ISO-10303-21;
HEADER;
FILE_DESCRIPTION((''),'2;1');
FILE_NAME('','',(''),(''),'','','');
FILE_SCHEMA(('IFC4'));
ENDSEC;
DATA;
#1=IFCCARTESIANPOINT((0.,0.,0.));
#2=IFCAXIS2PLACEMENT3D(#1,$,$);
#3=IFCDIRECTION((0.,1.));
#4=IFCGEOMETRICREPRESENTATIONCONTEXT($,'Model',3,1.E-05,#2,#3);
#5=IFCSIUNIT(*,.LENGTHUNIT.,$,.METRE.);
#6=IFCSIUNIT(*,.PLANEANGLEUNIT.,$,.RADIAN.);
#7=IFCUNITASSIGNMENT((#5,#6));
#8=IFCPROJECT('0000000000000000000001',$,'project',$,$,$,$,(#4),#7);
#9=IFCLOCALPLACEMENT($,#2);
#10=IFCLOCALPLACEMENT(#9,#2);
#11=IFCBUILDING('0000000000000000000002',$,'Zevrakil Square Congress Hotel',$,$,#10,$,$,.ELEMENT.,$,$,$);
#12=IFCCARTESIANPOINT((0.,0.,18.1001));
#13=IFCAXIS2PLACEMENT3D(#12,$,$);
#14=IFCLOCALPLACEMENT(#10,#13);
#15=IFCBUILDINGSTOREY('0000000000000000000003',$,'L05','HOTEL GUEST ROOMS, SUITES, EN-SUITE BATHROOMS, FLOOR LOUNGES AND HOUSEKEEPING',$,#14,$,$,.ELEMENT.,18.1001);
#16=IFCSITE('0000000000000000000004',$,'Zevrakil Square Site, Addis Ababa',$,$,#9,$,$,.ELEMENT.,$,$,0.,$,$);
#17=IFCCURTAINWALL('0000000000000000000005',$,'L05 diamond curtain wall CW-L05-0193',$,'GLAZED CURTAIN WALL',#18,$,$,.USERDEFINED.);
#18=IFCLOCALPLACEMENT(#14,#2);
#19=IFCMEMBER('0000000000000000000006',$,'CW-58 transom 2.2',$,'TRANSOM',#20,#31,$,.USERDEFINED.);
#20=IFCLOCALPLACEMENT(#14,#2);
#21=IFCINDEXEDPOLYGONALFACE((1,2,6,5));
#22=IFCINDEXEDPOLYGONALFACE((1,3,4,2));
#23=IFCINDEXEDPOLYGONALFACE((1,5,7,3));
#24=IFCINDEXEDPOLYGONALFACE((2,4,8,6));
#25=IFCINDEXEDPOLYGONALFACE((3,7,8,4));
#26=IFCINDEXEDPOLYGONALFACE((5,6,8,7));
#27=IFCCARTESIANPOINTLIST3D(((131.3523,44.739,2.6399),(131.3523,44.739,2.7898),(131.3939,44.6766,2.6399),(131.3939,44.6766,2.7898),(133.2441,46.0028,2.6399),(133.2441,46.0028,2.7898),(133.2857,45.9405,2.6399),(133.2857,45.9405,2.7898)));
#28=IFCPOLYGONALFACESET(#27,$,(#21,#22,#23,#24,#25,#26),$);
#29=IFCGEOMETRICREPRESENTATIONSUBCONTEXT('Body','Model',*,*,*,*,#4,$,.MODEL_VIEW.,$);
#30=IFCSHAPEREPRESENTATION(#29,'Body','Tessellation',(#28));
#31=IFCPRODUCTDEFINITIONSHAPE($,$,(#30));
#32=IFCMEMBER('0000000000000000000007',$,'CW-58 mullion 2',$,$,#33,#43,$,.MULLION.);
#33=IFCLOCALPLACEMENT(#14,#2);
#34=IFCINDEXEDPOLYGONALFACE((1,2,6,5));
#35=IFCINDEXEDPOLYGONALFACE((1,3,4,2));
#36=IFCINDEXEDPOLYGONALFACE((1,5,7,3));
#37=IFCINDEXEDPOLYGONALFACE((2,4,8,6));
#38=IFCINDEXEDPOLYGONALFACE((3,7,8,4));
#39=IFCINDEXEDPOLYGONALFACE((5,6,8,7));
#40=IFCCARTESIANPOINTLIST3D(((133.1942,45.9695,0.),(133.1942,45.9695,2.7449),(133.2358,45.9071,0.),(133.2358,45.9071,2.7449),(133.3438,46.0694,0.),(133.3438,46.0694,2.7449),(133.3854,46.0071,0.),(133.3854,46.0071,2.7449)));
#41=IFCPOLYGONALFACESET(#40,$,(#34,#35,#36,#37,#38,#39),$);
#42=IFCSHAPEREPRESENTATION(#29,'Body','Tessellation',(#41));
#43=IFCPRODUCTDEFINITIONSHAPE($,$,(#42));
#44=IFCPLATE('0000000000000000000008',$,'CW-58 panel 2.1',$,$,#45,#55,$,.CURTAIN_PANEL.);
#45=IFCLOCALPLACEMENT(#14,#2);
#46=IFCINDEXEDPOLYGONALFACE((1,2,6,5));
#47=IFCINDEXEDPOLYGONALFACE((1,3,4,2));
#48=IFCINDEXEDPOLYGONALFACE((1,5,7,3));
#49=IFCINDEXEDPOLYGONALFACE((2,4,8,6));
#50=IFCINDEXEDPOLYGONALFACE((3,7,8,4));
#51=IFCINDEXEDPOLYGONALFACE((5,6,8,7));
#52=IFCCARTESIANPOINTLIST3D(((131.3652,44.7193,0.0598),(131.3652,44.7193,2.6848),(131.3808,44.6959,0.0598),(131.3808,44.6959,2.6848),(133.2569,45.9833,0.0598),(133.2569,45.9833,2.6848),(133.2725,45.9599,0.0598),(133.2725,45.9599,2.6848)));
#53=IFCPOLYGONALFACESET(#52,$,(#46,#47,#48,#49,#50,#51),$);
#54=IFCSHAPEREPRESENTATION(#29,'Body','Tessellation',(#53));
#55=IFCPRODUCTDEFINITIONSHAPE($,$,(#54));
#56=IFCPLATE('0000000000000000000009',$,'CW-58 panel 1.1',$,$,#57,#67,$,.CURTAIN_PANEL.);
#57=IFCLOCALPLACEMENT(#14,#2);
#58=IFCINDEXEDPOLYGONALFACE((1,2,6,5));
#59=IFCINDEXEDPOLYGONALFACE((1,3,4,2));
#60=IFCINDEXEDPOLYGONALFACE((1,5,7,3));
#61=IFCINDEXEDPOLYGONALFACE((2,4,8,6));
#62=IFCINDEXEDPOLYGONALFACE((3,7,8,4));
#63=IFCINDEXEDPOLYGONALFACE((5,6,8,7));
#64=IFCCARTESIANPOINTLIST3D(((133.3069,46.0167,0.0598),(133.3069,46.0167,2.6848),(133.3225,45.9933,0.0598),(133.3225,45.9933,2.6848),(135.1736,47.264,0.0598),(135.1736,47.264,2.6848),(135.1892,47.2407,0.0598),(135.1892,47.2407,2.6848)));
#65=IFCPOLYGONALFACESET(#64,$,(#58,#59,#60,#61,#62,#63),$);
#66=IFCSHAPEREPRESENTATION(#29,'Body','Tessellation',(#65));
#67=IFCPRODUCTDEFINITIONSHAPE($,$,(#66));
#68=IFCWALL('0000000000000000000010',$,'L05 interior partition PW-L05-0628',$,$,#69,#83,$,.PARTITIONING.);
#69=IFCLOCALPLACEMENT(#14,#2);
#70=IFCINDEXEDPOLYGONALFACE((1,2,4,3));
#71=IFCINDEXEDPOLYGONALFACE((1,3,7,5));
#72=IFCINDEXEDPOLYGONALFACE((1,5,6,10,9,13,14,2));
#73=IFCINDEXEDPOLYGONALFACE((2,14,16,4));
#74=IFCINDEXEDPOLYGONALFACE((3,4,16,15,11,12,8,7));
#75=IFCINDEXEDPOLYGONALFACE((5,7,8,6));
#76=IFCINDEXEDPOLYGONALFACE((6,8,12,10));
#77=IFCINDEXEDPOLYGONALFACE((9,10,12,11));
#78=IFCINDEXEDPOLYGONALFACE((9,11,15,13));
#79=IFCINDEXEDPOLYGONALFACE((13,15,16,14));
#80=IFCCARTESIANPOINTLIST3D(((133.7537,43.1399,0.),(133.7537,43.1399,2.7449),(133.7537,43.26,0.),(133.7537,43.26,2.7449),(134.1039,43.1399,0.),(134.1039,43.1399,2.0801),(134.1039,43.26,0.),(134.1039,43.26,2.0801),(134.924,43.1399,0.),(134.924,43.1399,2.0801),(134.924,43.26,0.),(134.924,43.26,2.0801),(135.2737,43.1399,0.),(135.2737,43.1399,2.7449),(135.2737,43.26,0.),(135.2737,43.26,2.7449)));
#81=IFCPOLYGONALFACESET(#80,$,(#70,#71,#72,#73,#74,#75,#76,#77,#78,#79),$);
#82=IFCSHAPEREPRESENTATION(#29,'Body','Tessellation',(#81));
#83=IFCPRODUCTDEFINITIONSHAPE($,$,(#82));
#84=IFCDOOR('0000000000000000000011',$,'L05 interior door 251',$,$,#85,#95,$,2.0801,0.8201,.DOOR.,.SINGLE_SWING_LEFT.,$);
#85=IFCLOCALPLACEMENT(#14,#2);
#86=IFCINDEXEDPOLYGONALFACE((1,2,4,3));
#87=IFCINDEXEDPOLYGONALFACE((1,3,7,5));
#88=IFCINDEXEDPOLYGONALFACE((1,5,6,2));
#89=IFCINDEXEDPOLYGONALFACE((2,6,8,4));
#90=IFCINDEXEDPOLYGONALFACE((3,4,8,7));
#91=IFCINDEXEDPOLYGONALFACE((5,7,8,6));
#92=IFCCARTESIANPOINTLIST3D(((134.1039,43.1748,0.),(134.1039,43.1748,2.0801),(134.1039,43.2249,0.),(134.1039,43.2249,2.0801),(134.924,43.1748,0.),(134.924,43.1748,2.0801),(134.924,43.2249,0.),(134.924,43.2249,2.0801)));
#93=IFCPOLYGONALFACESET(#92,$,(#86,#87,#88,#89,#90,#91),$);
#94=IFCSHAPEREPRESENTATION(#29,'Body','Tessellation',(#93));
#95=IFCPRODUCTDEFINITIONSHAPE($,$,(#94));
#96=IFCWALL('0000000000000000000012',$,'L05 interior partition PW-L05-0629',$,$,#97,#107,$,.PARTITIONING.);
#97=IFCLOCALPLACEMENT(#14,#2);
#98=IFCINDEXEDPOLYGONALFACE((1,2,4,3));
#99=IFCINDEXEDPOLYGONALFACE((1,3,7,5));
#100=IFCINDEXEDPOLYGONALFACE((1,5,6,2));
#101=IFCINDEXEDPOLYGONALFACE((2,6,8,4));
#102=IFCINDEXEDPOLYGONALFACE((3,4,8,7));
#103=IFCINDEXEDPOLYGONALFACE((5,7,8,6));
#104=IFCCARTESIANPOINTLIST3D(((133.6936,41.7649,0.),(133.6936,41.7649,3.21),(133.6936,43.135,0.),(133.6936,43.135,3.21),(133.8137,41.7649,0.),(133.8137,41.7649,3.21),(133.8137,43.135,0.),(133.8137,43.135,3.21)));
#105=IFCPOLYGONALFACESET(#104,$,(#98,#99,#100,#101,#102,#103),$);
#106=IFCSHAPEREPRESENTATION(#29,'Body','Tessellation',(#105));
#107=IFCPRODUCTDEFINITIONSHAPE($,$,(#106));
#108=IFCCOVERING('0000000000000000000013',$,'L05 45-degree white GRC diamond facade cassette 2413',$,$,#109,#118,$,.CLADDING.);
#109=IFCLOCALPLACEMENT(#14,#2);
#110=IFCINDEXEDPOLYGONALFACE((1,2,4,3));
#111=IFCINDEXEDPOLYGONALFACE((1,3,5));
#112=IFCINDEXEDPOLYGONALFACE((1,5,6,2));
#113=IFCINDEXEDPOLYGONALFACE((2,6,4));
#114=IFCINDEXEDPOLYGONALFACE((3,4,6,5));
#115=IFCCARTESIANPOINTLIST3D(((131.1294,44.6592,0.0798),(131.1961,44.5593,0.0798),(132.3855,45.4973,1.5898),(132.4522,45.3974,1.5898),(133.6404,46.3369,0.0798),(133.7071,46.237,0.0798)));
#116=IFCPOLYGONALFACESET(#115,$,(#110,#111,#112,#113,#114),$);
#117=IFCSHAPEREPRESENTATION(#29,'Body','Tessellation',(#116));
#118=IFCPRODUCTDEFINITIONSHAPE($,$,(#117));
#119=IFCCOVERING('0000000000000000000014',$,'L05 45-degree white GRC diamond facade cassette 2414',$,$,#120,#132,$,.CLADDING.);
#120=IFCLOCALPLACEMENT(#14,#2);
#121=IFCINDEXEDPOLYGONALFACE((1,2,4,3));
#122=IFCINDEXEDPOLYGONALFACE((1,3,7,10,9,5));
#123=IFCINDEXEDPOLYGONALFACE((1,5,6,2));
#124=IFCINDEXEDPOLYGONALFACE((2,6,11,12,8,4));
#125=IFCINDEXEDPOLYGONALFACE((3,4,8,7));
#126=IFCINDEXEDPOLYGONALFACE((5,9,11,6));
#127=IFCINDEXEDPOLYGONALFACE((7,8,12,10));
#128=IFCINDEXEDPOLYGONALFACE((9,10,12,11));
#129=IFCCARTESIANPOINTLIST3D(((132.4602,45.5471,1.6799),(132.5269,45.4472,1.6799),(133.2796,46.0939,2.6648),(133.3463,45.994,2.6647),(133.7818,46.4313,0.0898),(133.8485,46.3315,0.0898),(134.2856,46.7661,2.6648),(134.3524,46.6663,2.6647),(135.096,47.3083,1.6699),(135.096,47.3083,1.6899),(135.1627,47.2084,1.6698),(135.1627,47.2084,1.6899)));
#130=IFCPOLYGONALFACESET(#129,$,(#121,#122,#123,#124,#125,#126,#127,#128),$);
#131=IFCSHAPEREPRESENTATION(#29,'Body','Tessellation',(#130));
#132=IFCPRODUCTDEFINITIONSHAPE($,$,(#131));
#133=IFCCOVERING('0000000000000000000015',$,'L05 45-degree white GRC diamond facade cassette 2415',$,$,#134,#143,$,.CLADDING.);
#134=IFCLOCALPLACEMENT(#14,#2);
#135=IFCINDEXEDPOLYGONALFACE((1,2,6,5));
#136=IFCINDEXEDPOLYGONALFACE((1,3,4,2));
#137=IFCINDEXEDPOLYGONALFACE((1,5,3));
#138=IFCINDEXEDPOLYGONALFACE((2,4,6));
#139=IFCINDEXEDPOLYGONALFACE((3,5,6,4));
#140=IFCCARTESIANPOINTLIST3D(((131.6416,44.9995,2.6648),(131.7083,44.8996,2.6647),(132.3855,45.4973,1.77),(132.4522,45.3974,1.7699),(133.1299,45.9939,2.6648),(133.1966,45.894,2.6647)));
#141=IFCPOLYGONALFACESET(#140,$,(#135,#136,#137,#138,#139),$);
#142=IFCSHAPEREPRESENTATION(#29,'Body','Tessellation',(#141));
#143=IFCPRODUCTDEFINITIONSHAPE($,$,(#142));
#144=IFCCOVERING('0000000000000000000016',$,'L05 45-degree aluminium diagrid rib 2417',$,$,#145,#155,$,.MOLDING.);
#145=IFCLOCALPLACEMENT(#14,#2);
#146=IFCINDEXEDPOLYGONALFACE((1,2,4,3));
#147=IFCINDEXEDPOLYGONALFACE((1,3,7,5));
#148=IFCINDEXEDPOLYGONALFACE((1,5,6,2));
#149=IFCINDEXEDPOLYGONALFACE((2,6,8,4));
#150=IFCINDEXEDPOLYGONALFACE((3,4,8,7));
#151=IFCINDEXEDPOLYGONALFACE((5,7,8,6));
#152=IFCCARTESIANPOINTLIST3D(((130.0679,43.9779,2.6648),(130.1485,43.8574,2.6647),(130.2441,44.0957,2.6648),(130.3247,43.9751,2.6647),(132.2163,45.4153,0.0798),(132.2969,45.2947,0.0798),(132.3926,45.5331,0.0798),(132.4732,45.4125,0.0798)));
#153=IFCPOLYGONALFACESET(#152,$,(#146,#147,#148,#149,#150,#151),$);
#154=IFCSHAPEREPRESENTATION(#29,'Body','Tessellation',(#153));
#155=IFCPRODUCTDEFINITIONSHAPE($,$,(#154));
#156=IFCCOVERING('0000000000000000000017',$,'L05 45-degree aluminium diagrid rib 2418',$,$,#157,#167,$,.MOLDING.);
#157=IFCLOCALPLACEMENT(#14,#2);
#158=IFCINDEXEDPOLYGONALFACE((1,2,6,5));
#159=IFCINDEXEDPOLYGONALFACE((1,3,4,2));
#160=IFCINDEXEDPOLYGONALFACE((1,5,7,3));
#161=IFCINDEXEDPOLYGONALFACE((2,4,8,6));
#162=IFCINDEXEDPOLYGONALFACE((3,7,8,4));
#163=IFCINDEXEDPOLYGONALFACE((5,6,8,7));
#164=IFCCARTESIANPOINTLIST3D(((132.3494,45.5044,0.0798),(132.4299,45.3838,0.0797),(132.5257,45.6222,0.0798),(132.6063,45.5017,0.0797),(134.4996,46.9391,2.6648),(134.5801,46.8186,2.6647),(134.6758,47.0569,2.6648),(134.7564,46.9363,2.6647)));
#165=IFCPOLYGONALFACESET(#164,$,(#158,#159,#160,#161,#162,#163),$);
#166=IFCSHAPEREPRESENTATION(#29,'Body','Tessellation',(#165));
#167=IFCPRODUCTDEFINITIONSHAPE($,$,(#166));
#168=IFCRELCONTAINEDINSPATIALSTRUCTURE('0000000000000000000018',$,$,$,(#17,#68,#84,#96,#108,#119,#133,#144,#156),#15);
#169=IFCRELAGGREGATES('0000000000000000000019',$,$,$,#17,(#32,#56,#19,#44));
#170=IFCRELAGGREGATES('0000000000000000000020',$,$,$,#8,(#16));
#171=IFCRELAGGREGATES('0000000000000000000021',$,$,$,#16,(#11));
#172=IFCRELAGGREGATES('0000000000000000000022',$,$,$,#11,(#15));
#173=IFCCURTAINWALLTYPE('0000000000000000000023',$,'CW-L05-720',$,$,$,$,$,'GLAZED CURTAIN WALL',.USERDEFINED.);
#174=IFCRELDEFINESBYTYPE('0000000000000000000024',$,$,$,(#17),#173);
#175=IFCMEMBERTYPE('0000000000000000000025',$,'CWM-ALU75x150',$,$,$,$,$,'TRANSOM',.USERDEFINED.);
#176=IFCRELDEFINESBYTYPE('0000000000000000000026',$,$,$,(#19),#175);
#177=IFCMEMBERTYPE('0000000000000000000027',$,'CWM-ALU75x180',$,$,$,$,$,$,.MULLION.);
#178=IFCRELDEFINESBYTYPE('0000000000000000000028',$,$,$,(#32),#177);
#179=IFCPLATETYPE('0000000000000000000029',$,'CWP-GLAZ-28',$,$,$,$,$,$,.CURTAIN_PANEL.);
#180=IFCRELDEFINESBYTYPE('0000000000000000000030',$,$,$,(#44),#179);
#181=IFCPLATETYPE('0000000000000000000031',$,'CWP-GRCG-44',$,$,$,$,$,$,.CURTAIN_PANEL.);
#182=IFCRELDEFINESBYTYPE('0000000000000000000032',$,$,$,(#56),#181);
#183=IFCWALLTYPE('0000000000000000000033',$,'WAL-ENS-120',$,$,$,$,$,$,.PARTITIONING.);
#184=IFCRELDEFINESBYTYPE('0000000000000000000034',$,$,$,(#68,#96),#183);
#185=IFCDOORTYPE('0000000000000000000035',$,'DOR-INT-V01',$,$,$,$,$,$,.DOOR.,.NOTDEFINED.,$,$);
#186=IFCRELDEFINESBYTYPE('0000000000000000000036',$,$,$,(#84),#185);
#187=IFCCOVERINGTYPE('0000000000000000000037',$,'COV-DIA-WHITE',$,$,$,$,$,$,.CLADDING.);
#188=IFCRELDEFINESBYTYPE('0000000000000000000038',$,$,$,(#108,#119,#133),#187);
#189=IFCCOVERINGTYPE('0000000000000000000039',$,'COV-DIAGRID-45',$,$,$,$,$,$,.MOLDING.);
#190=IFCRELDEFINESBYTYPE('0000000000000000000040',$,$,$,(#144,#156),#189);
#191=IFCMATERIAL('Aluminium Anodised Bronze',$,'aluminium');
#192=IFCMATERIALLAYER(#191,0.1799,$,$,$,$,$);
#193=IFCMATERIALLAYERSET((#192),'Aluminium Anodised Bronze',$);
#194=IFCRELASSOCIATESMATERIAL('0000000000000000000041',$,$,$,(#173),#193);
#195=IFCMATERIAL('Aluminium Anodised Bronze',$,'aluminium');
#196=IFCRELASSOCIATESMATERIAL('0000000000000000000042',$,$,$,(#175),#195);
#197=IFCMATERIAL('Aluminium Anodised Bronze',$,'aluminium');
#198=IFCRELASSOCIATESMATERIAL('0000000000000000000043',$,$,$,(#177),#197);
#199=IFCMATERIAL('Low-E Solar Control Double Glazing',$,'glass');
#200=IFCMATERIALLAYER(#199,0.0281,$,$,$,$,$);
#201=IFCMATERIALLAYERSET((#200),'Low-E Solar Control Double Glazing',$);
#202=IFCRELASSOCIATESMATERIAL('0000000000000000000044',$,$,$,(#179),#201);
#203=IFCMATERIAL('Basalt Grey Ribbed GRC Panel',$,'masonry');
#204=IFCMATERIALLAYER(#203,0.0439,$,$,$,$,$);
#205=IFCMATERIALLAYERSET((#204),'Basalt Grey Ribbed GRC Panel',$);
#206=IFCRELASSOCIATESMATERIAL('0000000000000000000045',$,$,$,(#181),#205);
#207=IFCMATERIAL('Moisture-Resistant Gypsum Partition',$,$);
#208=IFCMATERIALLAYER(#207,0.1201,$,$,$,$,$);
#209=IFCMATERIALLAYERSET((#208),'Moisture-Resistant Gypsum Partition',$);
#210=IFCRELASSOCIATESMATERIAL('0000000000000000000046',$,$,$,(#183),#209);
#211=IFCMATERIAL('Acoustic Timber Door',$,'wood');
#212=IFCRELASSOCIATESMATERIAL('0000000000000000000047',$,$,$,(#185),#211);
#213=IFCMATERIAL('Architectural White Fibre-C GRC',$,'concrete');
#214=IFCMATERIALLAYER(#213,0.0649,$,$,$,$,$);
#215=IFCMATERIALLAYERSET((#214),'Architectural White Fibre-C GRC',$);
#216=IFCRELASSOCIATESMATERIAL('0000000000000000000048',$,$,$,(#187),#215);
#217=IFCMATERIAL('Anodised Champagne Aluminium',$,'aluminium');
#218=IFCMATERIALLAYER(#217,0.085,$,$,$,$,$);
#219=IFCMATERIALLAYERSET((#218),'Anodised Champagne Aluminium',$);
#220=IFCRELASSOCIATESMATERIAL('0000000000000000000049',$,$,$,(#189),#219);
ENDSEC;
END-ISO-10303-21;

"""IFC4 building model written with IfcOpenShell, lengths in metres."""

from ifc_helpers import new_model, si_unit, direction, frame, frame_2d, origin, origin_2d, place, context, subcontext, project, spatial, polyline, rectangle, outline, extrude, material, layer, layer_set, material_profile, profile_set, type_object, element, fill, aggregate, save


model = new_model("IFC4")

# Units and contexts
model_context = context("Model", 3, precision=1e-05, world=origin(), true_north=direction((0.0, 1.0)))
body_context = subcontext(model_context, "Body", "Model", "MODEL_VIEW")
ifc_project = project(units=[si_unit("LENGTHUNIT", "METRE"), si_unit("PLANEANGLEUNIT", "RADIAN")], contexts=[model_context])

# Site, building, storey
site_placement = place(None, origin())
site = spatial("IfcSite", under=ifc_project, at=site_placement, Name="Zevrakil Square Site, Addis Ababa", CompositionType="ELEMENT", RefElevation=0.0)
building_placement = place(site_placement, origin())
building = spatial("IfcBuilding", under=site, at=building_placement, Name="Zevrakil Square Congress Hotel", CompositionType="ELEMENT")
storey_placement = place(building_placement, frame((0.0, 0.0, 18.1001)))
storey = spatial("IfcBuildingStorey", under=building, at=storey_placement, Name="L05", Description="HOTEL GUEST ROOMS, SUITES, EN-SUITE BATHROOMS, FLOOR LOUNGES AND HOUSEKEEPING", CompositionType="ELEMENT", Elevation=18.1001)

# Curtain wall, members, plates
ifc_material_1 = material(Name="Aluminium Anodised Bronze", Category="aluminium")
ifc_layer_1 = layer(ifc_material_1, 0.1799)
ifc_layer_set_1 = layer_set([ifc_layer_1], Name="Aluminium Anodised Bronze")
curtain_wall_type = type_object("IfcCurtainWallType", Name="CW-L05-720", ElementType="GLAZED CURTAIN WALL", PredefinedType="USERDEFINED", material=ifc_layer_set_1)
curtain_wall_placement = place(storey_placement, origin())
curtain_wall = element("IfcCurtainWall", 1, at=curtain_wall_placement, inside=storey, type_object=curtain_wall_type, Name="L05 diamond curtain wall CW-L05-0193", ObjectType="GLAZED CURTAIN WALL", PredefinedType="USERDEFINED")
ifc_material_2 = material(Name="Aluminium Anodised Bronze", Category="aluminium")
ifc_material_profile_1 = material_profile(ifc_material_2, rectangle(XDim=0.075, YDim=0.1499, at=origin_2d()), Name="ALU 75x150")
ifc_profile_set_1 = profile_set([ifc_material_profile_1], Name="Aluminium Anodised Bronze")
member_type_1 = type_object("IfcMemberType", Name="CWM-ALU75x150", ElementType="TRANSOM", PredefinedType="USERDEFINED", material=ifc_profile_set_1)
member_1_placement = place(storey_placement, frame((133.2649, 45.9717, 2.7148), z_axis=(-0.831505, -0.555517, 0.0), x_axis=(0.555517, -0.831505, 0.0)))
member_1 = element("IfcMember", 2, at=member_1_placement, type_object=member_type_1, Name="CW-58 transom 2.2", ObjectType="TRANSOM", PredefinedType="USERDEFINED", context=body_context, shape_type="SweptSolid", body=[
    extrude(rectangle(XDim=0.075, YDim=0.1499, at=origin_2d()), origin(), (0.0, 0.0, 1.0), 2.2751),
])
ifc_material_3 = material(Name="Aluminium Anodised Bronze", Category="aluminium")
ifc_material_profile_2 = material_profile(ifc_material_3, rectangle(XDim=0.075, YDim=0.1799, at=origin_2d()), Name="ALU 75x180")
ifc_profile_set_2 = profile_set([ifc_material_profile_2], Name="Aluminium Anodised Bronze")
member_type_2 = type_object("IfcMemberType", Name="CWM-ALU75x180", PredefinedType="MULLION", material=ifc_profile_set_2)
member_2_placement = place(storey_placement, frame((133.2898, 45.9883, 0.0), z_axis=(0.0, 0.0, 1.0), x_axis=(0.555576, -0.831466, 0.0)))
member_2 = element("IfcMember", 3, at=member_2_placement, type_object=member_type_2, Name="CW-58 mullion 2", PredefinedType="MULLION", context=body_context, shape_type="SweptSolid", body=[
    extrude(rectangle(XDim=0.075, YDim=0.1799, at=origin_2d()), origin(), (0.0, 0.0, 1.0), 2.7449),
])
ifc_material_4 = material(Name="Low-E Solar Control Double Glazing", Category="glass")
ifc_layer_2 = layer(ifc_material_4, 0.0281)
ifc_layer_set_2 = layer_set([ifc_layer_2], Name="Low-E Solar Control Double Glazing")
plate_type_1 = type_object("IfcPlateType", Name="CWP-GLAZ-28", PredefinedType="CURTAIN_PANEL", material=ifc_layer_set_2)
plate_1_placement = place(storey_placement, frame((132.3188, 45.3396, 0.0598), z_axis=(0.0, 0.0, 1.0), x_axis=(-0.831466, -0.555576, 0.0)))
plate_1 = element("IfcPlate", 4, at=plate_1_placement, type_object=plate_type_1, Name="CW-58 panel 2.1", PredefinedType="CURTAIN_PANEL", context=body_context, shape_type="SweptSolid", body=[
    extrude(rectangle(XDim=2.2751, YDim=0.0281, at=origin_2d()), origin(), (0.0, 0.0, 1.0), 2.625),
])
ifc_material_5 = material(Name="Basalt Grey Ribbed GRC Panel", Category="masonry")
ifc_layer_3 = layer(ifc_material_5, 0.0439)
ifc_layer_set_3 = layer_set([ifc_layer_3], Name="Basalt Grey Ribbed GRC Panel")
plate_type_2 = type_object("IfcPlateType", Name="CWP-GRCG-44", PredefinedType="CURTAIN_PANEL", material=ifc_layer_set_3)
plate_2_placement = place(storey_placement, frame((134.248, 46.6287, 0.0598), z_axis=(0.0, 0.0, 1.0), x_axis=(-0.831466, -0.555576, 0.0)))
plate_2 = element("IfcPlate", 5, at=plate_2_placement, type_object=plate_type_2, Name="CW-58 panel 1.1", PredefinedType="CURTAIN_PANEL", context=body_context, shape_type="SweptSolid", body=[
    extrude(rectangle(XDim=2.2451, YDim=0.0281, at=origin_2d()), origin(), (0.0, 0.0, 1.0), 2.625),
])
aggregate(curtain_wall, [member_2, plate_2, member_1, plate_1])

# Wall, opening, door
ifc_material_6 = material(Name="Moisture-Resistant Gypsum Partition")
ifc_layer_4 = layer(ifc_material_6, 0.1201)
ifc_layer_set_4 = layer_set([ifc_layer_4], Name="Moisture-Resistant Gypsum Partition")
wall_type = type_object("IfcWallType", Name="WAL-ENS-120", PredefinedType="PARTITIONING", material=ifc_layer_set_4)
wall_1_placement = place(storey_placement, frame((133.7537, 43.2, 0.0), z_axis=(0.0, 0.0, 1.0), x_axis=(1.0, 0.0, 0.0)))
wall_1 = element("IfcWall", 6, at=wall_1_placement, inside=storey, type_object=wall_type, Name="L05 interior partition PW-L05-0628", PredefinedType="PARTITIONING", context=body_context, shape_type="SweptSolid", body=[
    extrude(rectangle(XDim=1.52, YDim=0.1201, at=frame_2d((0.76, 0.0))), origin(), (0.0, 0.0, 1.0), 2.7449),
])
opening_placement = place(wall_1_placement, frame((0.3501, 0.0, 0.0)))
opening = element("IfcOpeningElement", 7, at=opening_placement, cuts=wall_1, PredefinedType="OPENING", context=body_context, shape_type="SweptSolid", body=[
    extrude(rectangle(XDim=0.8201, YDim=2.0801, at=frame_2d((0.4102, 1.04))), frame((0.0, 0.0701, 0.0), z_axis=(0.0, -1.0, 0.0), x_axis=(1.0, 0.0, 0.0)), (0.0, 0.0, 1.0), 0.1401),
])
ifc_material_7 = material(Name="Acoustic Timber Door", Category="wood")
door_type = type_object("IfcDoorType", Name="DOR-INT-V01", OperationType="NOTDEFINED", PredefinedType="DOOR", material=ifc_material_7)
door_placement = place(opening_placement, origin())
door = element("IfcDoor", 8, at=door_placement, inside=storey, type_object=door_type, Name="L05 interior door 251", OperationType="SINGLE_SWING_LEFT", OverallHeight=2.0801, OverallWidth=0.8201, PredefinedType="DOOR", context=body_context, shape_type="SweptSolid", body=[
    extrude(rectangle(XDim=0.8201, YDim=2.0801, at=frame_2d((0.4102, 1.04))), frame((0.0, 0.0249, 0.0), z_axis=(0.0, -1.0, 0.0), x_axis=(1.0, 0.0, 0.0)), (0.0, 0.0, 1.0), 0.05),
])
fill(opening, door)

# Wall
wall_2_placement = place(storey_placement, frame((133.7537, 41.7649, 0.0), z_axis=(0.0, 0.0, 1.0), x_axis=(0.0, 1.0, 0.0)))
element("IfcWall", 9, at=wall_2_placement, inside=storey, type_object=wall_type, Name="L05 interior partition PW-L05-0629", PredefinedType="PARTITIONING", context=body_context, shape_type="SweptSolid", body=[
    extrude(rectangle(XDim=1.3701, YDim=0.1201, at=frame_2d((0.6851, 0.0))), origin(), (0.0, 0.0, 1.0), 3.21),
])

# Coverings
ifc_material_8 = material(Name="Architectural White Fibre-C GRC", Category="concrete")
ifc_layer_5 = layer(ifc_material_8, 0.0649)
ifc_layer_set_5 = layer_set([ifc_layer_5], Name="Architectural White Fibre-C GRC")
covering_type_1 = type_object("IfcCoveringType", Name="COV-DIA-WHITE", PredefinedType="CLADDING", material=ifc_layer_set_5)
covering_1_placement = place(storey_placement, frame((132.3855, 45.4973, 1.5898), z_axis=(-0.555558, 0.831478, 0.000628), x_axis=(-0.588199, -0.392476, -0.707096)))
element("IfcCovering", 10, at=covering_1_placement, inside=storey, type_object=covering_type_1, Name="L05 45-degree white GRC diamond facade cassette 2413", PredefinedType="CLADDING", context=body_context, shape_type="SweptSolid", body=[
    extrude(outline(polyline([(0.0, 0.0), (2.1355, 0.0), (0.0001, -2.1354), (0.0, 0.0)])), origin(), (0.0, 0.0, -1.0), 0.1201),
])
covering_2_placement = place(storey_placement, frame((132.4602, 45.5471, 1.6799), z_axis=(-0.555576, 0.831466, 0.000613), x_axis=(0.587695, 0.393212, -0.707106)))
element("IfcCovering", 11, at=covering_2_placement, inside=storey, type_object=covering_type_1, Name="L05 45-degree white GRC diamond facade cassette 2414", PredefinedType="CLADDING", context=body_context, shape_type="SweptSolid", body=[
    extrude(outline(polyline([(0.0, 0.0), (2.2487, 0.0), (2.2486, -2.2345), (2.2345, -2.2486), (0.8557, -2.2485), (0.0002, -1.393), (0.0, 0.0)])), origin(), (0.0, 0.0, -1.0), 0.1201),
])
covering_3_placement = place(storey_placement, frame((132.3855, 45.4973, 1.77), z_axis=(-0.55555, 0.831483, 0.000719), x_axis=(0.588244, 0.39242, 0.707089)))
element("IfcCovering", 12, at=covering_3_placement, inside=storey, type_object=covering_type_1, Name="L05 45-degree white GRC diamond facade cassette 2415", PredefinedType="CLADDING", context=body_context, shape_type="SweptSolid", body=[
    extrude(outline(polyline([(0.0, 0.0), (1.2654, 0.0), (-0.0003, -1.2656), (0.0, 0.0)])), origin(), (0.0, 0.0, -1.0), 0.1201),
])
ifc_material_9 = material(Name="Anodised Champagne Aluminium", Category="aluminium")
ifc_layer_6 = layer(ifc_material_9, 0.085)
ifc_layer_set_6 = layer_set([ifc_layer_6], Name="Anodised Champagne Aluminium")
covering_type_2 = type_object("IfcCoveringType", Name="COV-DIAGRID-45", PredefinedType="MOLDING", material=ifc_layer_set_6)
covering_4_placement = place(storey_placement, frame((132.2163, 45.4153, 0.0798), z_axis=(-0.55563, 0.83143, 0.000519), x_axis=(0.83143, 0.55563, 0.0)))
element("IfcCovering", 13, at=covering_4_placement, inside=storey, type_object=covering_type_2, Name="L05 45-degree aluminium diagrid rib 2417", PredefinedType="MOLDING", context=body_context, shape_type="SweptSolid", body=[
    extrude(outline(polyline([(0.0, 0.0), (0.2121, 0.0), (-2.3729, -2.585), (-2.5849, -2.585), (0.0, 0.0)])), origin(), (0.0, 0.0, -1.0), 0.145),
])
covering_5_placement = place(storey_placement, frame((134.6758, 47.0569, 2.6648), z_axis=(-0.55563, 0.831429, 0.000712), x_axis=(-0.83143, -0.55563, 0.0)))
element("IfcCovering", 14, at=covering_5_placement, inside=storey, type_object=covering_type_2, Name="L05 45-degree aluminium diagrid rib 2418", PredefinedType="MOLDING", context=body_context, shape_type="SweptSolid", body=[
    extrude(outline(polyline([(0.0, 0.0), (0.2119, 0.0), (2.7969, -2.585), (2.5848, -2.585), (0.0, 0.0)])), origin(), (0.0, 0.0, -1.0), 0.145),
])

save(model, "model.ifc")
